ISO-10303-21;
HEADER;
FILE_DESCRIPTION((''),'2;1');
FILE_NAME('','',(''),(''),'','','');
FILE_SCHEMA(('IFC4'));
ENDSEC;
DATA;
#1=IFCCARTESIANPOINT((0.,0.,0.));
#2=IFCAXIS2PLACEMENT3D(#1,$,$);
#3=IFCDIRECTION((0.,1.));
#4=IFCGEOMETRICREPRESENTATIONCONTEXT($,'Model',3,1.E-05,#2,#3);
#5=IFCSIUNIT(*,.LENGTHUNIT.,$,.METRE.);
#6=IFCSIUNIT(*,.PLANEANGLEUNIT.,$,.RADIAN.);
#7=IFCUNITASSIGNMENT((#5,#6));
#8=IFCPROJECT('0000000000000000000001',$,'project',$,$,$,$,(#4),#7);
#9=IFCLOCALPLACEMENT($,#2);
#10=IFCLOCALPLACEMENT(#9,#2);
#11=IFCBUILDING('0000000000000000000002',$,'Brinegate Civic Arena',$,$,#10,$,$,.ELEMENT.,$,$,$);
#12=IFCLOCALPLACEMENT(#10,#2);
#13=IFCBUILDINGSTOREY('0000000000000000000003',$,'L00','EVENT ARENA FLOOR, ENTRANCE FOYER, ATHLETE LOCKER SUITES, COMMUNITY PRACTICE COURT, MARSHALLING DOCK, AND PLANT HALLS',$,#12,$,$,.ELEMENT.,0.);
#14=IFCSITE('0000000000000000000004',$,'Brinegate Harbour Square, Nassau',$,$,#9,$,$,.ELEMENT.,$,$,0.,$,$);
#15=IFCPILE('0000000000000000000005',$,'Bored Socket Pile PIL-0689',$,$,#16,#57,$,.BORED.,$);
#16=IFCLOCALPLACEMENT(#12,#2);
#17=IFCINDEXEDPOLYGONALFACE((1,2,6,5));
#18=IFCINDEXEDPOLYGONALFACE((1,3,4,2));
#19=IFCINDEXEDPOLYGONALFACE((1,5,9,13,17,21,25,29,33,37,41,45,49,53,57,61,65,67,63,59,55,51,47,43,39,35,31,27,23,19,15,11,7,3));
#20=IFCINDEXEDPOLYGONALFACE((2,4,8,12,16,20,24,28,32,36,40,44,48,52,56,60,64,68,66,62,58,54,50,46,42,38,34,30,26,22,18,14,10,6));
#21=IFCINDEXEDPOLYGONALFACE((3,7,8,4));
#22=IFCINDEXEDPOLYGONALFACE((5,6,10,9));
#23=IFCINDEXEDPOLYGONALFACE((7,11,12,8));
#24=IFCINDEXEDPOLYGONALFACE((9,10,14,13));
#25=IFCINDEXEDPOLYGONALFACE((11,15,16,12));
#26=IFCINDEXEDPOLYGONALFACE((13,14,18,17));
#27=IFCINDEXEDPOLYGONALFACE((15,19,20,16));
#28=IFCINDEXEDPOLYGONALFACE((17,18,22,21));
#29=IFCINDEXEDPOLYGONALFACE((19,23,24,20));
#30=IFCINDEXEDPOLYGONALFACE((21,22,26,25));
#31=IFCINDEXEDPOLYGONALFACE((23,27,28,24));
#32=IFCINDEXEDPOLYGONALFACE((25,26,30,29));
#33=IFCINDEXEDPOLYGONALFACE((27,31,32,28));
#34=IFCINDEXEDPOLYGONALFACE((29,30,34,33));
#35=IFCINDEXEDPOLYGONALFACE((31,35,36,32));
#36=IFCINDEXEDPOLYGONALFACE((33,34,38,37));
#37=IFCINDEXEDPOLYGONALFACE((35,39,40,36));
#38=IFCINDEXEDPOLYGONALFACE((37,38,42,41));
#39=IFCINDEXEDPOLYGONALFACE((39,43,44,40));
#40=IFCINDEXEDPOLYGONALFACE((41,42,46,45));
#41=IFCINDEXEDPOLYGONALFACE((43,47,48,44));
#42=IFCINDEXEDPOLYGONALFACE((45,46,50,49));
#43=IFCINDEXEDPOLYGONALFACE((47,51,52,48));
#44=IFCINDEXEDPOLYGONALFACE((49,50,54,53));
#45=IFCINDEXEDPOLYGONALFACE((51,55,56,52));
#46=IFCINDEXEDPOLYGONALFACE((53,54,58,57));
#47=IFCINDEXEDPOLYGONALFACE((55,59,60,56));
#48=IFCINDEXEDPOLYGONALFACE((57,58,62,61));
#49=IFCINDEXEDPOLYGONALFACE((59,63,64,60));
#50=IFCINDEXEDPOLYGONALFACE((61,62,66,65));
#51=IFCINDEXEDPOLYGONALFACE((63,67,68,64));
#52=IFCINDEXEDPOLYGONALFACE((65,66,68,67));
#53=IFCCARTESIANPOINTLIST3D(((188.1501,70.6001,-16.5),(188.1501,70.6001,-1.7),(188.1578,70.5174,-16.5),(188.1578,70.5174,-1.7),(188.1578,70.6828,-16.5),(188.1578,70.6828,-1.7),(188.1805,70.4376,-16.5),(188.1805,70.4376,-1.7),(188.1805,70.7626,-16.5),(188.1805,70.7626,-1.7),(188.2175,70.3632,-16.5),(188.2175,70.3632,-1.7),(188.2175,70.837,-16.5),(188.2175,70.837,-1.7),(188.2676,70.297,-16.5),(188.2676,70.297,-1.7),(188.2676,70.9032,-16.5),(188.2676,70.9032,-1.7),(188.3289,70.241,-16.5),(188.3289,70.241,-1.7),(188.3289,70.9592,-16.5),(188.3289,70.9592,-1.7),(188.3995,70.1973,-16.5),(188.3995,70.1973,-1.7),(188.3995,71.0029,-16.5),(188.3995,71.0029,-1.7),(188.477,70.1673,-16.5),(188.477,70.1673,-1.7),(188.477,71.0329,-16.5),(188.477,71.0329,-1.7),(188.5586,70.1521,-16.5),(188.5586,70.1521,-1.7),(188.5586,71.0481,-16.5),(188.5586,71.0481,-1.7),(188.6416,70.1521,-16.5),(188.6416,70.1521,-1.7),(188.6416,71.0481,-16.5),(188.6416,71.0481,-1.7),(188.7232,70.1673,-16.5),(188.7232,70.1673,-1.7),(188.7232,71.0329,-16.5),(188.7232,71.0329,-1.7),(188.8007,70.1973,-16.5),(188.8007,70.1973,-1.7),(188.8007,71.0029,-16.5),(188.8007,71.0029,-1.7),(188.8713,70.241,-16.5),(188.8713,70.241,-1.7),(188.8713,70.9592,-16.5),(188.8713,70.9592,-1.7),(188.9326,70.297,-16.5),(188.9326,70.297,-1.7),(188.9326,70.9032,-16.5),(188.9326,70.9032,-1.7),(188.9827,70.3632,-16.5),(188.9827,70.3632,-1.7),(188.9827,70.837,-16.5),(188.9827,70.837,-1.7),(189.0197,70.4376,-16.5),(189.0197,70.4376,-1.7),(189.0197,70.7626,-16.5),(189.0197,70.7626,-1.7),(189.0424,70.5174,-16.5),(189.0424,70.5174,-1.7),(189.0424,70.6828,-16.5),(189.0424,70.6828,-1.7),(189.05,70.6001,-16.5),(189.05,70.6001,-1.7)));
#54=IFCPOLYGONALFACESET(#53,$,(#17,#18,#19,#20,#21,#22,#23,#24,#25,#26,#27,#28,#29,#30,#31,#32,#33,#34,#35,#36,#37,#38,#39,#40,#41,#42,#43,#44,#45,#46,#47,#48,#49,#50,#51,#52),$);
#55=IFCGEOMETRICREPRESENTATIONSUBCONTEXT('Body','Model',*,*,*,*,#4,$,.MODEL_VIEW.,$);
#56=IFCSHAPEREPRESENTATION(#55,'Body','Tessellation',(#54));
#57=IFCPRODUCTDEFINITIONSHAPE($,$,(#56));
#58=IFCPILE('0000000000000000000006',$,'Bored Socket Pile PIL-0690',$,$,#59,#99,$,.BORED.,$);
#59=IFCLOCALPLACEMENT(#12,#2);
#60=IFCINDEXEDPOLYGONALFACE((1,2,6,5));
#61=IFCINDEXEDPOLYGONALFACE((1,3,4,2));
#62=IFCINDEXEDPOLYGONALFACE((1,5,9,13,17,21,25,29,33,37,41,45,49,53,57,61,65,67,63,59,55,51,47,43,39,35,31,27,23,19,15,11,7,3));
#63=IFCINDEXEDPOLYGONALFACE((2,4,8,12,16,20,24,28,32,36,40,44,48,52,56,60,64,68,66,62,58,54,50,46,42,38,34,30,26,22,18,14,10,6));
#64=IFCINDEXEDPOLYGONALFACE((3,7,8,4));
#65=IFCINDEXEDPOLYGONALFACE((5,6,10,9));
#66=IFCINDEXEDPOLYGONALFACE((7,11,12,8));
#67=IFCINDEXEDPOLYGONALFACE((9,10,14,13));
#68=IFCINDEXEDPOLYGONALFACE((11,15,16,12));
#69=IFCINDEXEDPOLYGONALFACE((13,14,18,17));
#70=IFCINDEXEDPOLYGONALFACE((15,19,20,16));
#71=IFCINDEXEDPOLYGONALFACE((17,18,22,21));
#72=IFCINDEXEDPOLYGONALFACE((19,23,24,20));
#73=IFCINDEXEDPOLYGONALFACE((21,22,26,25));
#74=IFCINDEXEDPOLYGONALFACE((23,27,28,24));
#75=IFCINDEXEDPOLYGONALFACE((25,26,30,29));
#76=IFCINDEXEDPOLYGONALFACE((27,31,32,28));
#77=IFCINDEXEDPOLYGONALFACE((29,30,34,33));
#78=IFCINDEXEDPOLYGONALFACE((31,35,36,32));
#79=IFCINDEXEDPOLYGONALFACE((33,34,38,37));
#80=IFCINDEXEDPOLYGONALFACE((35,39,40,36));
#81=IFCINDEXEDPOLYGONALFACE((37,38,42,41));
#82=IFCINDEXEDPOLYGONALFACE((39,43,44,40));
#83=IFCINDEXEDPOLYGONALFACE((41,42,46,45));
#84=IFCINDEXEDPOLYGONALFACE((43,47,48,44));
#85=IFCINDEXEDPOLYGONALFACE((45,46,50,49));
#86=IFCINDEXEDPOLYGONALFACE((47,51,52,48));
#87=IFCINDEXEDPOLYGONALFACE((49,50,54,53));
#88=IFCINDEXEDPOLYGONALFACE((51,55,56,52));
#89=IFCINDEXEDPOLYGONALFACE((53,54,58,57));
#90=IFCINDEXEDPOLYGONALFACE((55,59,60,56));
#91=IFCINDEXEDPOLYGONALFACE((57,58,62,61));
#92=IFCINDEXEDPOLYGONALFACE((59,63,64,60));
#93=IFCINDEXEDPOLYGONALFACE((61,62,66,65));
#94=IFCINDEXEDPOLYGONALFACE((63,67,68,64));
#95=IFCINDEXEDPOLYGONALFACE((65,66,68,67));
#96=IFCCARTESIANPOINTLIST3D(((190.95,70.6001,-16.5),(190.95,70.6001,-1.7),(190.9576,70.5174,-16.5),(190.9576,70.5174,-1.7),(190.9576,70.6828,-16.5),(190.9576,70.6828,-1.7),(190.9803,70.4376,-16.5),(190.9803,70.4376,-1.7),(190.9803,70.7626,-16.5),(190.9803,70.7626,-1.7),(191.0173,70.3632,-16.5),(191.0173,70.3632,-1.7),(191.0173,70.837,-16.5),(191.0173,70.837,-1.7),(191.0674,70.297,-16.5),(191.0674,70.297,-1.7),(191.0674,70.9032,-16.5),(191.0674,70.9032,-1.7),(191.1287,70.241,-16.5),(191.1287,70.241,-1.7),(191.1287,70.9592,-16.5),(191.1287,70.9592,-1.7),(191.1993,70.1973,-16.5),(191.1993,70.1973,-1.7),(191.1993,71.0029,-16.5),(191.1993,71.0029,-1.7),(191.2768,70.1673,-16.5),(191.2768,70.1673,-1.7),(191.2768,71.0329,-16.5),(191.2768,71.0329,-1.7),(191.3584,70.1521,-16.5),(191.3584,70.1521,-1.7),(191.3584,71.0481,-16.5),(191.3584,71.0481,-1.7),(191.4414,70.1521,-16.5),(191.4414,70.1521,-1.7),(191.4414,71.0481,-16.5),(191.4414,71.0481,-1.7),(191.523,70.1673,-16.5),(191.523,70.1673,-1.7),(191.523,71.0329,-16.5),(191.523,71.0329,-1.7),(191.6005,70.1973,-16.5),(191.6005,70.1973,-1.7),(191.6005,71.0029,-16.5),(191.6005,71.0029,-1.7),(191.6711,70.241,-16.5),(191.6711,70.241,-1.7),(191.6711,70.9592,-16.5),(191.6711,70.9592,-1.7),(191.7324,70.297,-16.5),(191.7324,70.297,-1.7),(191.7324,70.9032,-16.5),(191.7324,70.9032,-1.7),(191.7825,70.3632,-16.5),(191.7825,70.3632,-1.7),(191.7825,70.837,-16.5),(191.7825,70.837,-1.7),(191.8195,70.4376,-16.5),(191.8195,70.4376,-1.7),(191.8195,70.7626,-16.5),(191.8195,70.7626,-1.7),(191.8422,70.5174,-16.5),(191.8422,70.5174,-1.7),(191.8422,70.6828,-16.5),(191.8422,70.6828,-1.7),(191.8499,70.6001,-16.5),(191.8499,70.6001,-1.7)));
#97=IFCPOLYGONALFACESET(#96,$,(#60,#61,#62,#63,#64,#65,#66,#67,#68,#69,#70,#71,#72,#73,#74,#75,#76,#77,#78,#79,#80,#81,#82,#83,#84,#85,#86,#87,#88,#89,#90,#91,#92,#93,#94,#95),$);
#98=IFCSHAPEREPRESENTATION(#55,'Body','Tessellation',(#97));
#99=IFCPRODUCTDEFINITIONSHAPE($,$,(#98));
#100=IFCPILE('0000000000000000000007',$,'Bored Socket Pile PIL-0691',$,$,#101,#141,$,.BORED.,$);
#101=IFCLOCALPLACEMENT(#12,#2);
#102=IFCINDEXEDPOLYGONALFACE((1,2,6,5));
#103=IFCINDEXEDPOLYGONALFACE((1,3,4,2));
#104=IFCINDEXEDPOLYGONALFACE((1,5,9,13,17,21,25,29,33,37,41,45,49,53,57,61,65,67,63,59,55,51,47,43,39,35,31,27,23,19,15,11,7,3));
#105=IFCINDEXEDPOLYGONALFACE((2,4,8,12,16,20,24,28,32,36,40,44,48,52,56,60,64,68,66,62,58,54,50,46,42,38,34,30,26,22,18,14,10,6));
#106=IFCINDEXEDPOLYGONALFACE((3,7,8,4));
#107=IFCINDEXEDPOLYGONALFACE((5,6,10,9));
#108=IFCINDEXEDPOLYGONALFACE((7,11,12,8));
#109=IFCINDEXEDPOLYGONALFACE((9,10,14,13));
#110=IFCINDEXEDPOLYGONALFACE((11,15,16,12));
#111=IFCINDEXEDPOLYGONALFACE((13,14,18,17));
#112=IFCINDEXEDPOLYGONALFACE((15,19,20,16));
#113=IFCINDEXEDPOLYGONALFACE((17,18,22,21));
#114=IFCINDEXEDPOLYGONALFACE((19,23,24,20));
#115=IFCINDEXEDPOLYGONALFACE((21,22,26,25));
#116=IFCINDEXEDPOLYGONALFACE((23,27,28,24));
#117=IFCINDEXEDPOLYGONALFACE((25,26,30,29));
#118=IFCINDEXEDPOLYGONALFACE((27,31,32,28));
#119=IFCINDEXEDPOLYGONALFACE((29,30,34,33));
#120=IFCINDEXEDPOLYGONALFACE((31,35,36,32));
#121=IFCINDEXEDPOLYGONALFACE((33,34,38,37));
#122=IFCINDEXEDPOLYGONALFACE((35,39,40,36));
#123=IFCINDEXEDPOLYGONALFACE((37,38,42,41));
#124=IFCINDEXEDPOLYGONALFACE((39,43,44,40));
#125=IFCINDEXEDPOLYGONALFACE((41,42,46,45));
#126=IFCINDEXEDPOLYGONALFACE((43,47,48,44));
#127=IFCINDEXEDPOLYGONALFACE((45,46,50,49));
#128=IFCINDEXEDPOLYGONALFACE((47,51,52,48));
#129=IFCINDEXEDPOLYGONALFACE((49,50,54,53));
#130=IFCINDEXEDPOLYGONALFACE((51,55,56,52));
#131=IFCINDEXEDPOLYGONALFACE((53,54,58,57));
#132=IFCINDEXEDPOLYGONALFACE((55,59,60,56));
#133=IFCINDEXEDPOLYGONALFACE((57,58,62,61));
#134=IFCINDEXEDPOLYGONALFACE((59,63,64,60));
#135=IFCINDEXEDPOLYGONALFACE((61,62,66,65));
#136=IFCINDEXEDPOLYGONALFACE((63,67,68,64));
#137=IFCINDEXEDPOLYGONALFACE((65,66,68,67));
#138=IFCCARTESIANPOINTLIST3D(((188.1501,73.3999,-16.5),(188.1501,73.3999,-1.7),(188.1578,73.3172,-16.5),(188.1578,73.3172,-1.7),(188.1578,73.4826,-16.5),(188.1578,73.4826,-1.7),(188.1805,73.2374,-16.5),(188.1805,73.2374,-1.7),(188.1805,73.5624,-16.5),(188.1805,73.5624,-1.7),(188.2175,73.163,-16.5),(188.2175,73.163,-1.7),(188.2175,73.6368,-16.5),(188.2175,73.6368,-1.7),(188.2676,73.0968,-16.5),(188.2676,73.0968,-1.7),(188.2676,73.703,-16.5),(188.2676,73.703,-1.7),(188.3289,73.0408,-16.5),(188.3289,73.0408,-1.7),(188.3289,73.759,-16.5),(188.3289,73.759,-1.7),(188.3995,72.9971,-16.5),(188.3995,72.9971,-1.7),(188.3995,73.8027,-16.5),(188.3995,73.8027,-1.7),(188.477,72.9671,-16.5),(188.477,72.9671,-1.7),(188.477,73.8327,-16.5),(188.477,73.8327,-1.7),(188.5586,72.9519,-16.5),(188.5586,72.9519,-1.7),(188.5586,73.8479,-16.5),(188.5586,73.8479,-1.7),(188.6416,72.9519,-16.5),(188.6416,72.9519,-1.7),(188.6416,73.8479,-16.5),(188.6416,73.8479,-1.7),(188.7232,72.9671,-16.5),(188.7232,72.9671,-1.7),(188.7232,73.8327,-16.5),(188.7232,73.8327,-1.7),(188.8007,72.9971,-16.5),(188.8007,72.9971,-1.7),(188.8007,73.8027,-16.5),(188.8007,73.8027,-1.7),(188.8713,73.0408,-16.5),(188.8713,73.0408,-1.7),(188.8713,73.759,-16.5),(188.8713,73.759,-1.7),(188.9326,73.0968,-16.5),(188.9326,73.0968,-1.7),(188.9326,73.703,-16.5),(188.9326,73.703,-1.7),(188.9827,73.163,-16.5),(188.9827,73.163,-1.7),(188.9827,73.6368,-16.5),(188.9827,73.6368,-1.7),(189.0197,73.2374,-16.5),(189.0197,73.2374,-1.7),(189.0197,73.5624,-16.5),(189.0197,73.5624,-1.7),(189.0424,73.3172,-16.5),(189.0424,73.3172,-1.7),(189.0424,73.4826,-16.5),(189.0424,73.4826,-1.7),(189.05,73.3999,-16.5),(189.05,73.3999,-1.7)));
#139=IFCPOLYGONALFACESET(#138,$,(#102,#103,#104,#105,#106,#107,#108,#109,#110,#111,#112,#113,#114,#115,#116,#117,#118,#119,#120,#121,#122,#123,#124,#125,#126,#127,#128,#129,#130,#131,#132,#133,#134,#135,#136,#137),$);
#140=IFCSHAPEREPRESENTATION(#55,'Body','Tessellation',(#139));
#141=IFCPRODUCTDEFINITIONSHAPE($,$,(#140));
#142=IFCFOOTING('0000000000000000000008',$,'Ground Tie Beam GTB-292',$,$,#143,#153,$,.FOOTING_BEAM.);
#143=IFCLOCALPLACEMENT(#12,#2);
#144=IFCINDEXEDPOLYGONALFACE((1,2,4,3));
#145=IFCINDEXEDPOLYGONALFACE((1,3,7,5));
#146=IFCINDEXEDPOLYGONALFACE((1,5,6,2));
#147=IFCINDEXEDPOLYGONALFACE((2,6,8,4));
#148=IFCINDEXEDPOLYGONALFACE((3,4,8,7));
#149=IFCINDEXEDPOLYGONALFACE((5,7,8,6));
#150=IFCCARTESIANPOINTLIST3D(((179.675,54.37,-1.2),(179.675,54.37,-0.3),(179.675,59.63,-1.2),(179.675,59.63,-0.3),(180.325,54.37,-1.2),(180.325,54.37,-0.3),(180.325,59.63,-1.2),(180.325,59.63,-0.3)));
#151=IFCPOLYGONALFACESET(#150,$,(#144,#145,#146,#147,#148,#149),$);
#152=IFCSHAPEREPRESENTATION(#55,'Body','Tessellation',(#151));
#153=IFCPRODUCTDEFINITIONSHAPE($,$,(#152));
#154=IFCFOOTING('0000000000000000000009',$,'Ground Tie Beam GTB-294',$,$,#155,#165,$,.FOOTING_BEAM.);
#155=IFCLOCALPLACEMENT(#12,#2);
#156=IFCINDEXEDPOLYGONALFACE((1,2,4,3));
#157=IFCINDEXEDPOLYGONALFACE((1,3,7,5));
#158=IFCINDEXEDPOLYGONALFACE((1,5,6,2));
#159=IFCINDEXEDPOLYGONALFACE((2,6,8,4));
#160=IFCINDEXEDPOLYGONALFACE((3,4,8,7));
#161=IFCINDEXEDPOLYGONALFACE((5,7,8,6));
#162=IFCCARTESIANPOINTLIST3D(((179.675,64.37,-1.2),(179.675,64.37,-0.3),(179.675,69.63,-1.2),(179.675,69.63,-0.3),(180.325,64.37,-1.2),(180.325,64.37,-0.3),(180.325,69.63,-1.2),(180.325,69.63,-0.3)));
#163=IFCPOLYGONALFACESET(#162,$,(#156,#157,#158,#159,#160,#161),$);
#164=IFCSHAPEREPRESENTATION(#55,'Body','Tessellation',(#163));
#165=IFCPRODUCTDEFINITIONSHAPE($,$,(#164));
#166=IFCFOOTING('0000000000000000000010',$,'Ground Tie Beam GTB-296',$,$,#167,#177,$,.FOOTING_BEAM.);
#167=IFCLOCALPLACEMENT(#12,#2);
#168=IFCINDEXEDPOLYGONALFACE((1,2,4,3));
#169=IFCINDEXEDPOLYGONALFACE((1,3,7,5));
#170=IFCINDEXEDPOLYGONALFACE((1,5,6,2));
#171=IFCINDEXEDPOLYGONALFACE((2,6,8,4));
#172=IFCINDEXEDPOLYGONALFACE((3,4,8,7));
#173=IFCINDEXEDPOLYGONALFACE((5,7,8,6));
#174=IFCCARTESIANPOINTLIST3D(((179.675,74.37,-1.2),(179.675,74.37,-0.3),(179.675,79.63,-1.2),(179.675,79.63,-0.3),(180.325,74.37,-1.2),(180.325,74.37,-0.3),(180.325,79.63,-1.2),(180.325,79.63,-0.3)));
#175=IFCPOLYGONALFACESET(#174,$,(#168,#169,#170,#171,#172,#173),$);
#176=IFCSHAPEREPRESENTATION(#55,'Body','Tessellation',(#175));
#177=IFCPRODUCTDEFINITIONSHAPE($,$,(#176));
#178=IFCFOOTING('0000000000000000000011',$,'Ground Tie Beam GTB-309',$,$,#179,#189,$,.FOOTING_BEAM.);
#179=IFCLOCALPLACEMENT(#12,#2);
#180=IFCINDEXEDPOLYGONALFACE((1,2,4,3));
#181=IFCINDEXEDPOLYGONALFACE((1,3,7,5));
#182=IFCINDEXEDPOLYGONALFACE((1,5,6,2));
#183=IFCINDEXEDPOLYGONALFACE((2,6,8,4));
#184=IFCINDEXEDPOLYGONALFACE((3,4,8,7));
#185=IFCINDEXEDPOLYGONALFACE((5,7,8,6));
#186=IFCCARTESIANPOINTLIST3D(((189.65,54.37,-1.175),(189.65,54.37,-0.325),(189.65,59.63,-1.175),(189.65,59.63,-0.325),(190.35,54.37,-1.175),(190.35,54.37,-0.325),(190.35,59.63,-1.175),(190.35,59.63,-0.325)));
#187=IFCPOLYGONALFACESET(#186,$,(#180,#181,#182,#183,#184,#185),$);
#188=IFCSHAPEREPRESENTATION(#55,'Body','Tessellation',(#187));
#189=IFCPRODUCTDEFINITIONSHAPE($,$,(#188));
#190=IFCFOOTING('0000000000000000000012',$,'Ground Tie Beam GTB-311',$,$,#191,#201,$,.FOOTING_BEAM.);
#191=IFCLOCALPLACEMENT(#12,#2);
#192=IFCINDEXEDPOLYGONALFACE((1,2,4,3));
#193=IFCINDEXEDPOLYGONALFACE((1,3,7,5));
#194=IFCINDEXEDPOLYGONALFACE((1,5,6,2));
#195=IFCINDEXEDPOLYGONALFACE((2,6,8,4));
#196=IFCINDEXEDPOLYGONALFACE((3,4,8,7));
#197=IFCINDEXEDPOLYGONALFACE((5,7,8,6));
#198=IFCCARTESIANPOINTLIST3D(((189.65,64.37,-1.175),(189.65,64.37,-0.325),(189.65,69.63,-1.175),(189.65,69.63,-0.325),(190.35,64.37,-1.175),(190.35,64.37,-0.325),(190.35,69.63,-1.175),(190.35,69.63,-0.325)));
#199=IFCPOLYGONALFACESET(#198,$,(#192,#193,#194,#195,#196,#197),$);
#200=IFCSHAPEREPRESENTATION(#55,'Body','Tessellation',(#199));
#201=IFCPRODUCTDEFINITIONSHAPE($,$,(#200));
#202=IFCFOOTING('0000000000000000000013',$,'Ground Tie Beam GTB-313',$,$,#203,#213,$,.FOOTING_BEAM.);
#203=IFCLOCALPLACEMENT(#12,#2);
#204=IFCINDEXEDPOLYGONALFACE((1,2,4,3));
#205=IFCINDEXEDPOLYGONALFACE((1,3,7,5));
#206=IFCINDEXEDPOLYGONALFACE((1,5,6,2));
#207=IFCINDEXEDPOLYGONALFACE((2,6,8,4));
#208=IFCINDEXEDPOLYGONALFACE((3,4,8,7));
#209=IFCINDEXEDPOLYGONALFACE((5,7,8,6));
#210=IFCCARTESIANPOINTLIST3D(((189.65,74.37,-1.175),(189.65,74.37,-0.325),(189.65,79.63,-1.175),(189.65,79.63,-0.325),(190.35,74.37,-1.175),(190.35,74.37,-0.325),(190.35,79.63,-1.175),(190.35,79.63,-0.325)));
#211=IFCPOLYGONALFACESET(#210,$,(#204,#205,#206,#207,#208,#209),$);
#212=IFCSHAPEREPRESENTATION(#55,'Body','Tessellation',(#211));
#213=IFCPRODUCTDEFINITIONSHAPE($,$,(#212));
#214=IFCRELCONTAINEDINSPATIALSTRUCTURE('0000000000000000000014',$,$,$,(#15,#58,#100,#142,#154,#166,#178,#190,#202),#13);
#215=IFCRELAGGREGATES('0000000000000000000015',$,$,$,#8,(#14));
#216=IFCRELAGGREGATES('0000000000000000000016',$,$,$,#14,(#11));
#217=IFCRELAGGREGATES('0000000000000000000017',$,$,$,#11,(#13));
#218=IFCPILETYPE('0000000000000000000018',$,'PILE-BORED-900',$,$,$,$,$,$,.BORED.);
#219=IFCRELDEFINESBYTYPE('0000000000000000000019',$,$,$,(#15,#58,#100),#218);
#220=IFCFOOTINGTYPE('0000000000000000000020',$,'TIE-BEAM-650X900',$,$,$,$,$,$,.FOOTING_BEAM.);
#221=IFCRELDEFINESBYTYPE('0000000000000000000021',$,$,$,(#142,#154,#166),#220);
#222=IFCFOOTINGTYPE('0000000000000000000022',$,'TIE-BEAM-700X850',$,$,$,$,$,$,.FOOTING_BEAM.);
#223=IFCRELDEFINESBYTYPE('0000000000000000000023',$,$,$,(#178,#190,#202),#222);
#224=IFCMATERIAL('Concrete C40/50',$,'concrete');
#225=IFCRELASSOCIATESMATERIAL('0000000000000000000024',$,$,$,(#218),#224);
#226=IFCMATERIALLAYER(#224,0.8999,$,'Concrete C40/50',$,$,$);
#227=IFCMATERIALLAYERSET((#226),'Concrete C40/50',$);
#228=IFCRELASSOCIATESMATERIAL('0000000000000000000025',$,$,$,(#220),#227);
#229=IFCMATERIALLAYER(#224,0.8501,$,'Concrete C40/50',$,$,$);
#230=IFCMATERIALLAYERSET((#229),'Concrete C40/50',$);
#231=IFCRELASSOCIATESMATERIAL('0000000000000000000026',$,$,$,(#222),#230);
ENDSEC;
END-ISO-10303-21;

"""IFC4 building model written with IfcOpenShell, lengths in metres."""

from ifc_helpers import new_model, si_unit, direction, frame, origin, origin_2d, place, context, subcontext, project, spatial, rectangle, circle, extrude, material, layer, layer_set, material_profile, profile_set, type_object, element, save


model = new_model("IFC4")

# Units and contexts
model_context = context("Model", 3, precision=1e-05, world=origin(), true_north=direction((0.0, 1.0)))
body_context = subcontext(model_context, "Body", "Model", "MODEL_VIEW")
ifc_project = project(units=[si_unit("LENGTHUNIT", "METRE"), si_unit("PLANEANGLEUNIT", "RADIAN")], contexts=[model_context])

# Site, building, storey
site_placement = place(None, origin())
site = spatial("IfcSite", under=ifc_project, at=site_placement, Name="Brinegate Harbour Square, Nassau", CompositionType="ELEMENT", RefElevation=0.0)
building_placement = place(site_placement, origin())
building = spatial("IfcBuilding", under=site, at=building_placement, Name="Brinegate Civic Arena", CompositionType="ELEMENT")
storey_placement = place(building_placement, origin())
storey = spatial("IfcBuildingStorey", under=building, at=storey_placement, Name="L00", Description="EVENT ARENA FLOOR, ENTRANCE FOYER, ATHLETE LOCKER SUITES, COMMUNITY PRACTICE COURT, MARSHALLING DOCK, AND PLANT HALLS", CompositionType="ELEMENT", Elevation=0.0)

# Shared definitions
ifc_material_1 = material(Name="Concrete C40/50", Category="concrete")

# Piles
ifc_material_profile_1 = material_profile(ifc_material_1, circle(Radius=0.45, at=origin_2d()), Name="PILED900")
ifc_profile_set_1 = profile_set([ifc_material_profile_1], Name="Concrete C40/50")
pile_type_1 = type_object("IfcPileType", Name="PILE-BORED-900", PredefinedType="BORED", material=ifc_profile_set_1)
for number, where, z_axis, x_axis, name in (
    (1, (188.6001, 70.6001, -1.7), (0.0, 0.0, -1.0), (1.0, 0.0, 0.0), "Bored Socket Pile PIL-0689"),
    (2, (191.3999, 70.6001, -1.7), (0.0, 0.0, -1.0), (1.0, 0.0, 0.0), "Bored Socket Pile PIL-0690"),
    (3, (188.6001, 73.3999, -1.7), (0.0, 0.0, -1.0), (1.0, 0.0, 0.0), "Bored Socket Pile PIL-0691"),
):
    element("IfcPile", number, at=place(storey_placement, frame(where, z_axis=z_axis, x_axis=x_axis)), inside=storey, type_object=pile_type_1, Name=name, PredefinedType="BORED", context=body_context, shape_type="SweptSolid", body=[
        extrude(circle(Radius=0.45, at=origin_2d()), origin(), (0.0, 0.0, 1.0), 14.8),
    ])

# Footings
ifc_layer_1 = layer(ifc_material_1, 0.8999, Name="Concrete C40/50")
ifc_layer_set_1 = layer_set([ifc_layer_1], Name="Concrete C40/50")
footing_type_1 = type_object("IfcFootingType", Name="TIE-BEAM-650X900", PredefinedType="FOOTING_BEAM", material=ifc_layer_set_1)
for number, where, z_axis, x_axis, name in (
    (4, (180.0, 57.0, -1.2), (0.0, 0.0, 1.0), (0.0, 1.0, 0.0), "Ground Tie Beam GTB-292"),
    (5, (180.0, 67.0, -1.2), (0.0, 0.0, 1.0), (0.0, 1.0, 0.0), "Ground Tie Beam GTB-294"),
    (6, (180.0, 77.0, -1.2), (0.0, 0.0, 1.0), (0.0, 1.0, 0.0), "Ground Tie Beam GTB-296"),
):
    element("IfcFooting", number, at=place(storey_placement, frame(where, z_axis=z_axis, x_axis=x_axis)), inside=storey, type_object=footing_type_1, Name=name, PredefinedType="FOOTING_BEAM", context=body_context, shape_type="SweptSolid", body=[
        extrude(rectangle(XDim=5.26, YDim=0.6499, at=origin_2d()), origin(), (0.0, 0.0, 1.0), 0.8999),
    ])
ifc_layer_2 = layer(ifc_material_1, 0.8501, Name="Concrete C40/50")
ifc_layer_set_2 = layer_set([ifc_layer_2], Name="Concrete C40/50")
footing_type_2 = type_object("IfcFootingType", Name="TIE-BEAM-700X850", PredefinedType="FOOTING_BEAM", material=ifc_layer_set_2)
for number, where, z_axis, x_axis, name in (
    (7, (190.0, 57.0, -1.175), (0.0, 0.0, 1.0), (0.0, 1.0, 0.0), "Ground Tie Beam GTB-309"),
    (8, (190.0, 67.0, -1.175), (0.0, 0.0, 1.0), (0.0, 1.0, 0.0), "Ground Tie Beam GTB-311"),
    (9, (190.0, 77.0, -1.175), (0.0, 0.0, 1.0), (0.0, 1.0, 0.0), "Ground Tie Beam GTB-313"),
):
    element("IfcFooting", number, at=place(storey_placement, frame(where, z_axis=z_axis, x_axis=x_axis)), inside=storey, type_object=footing_type_2, Name=name, PredefinedType="FOOTING_BEAM", context=body_context, shape_type="SweptSolid", body=[
        extrude(rectangle(XDim=5.26, YDim=0.7, at=origin_2d()), origin(), (0.0, 0.0, 1.0), 0.8501),
    ])

save(model, "model.ifc")
